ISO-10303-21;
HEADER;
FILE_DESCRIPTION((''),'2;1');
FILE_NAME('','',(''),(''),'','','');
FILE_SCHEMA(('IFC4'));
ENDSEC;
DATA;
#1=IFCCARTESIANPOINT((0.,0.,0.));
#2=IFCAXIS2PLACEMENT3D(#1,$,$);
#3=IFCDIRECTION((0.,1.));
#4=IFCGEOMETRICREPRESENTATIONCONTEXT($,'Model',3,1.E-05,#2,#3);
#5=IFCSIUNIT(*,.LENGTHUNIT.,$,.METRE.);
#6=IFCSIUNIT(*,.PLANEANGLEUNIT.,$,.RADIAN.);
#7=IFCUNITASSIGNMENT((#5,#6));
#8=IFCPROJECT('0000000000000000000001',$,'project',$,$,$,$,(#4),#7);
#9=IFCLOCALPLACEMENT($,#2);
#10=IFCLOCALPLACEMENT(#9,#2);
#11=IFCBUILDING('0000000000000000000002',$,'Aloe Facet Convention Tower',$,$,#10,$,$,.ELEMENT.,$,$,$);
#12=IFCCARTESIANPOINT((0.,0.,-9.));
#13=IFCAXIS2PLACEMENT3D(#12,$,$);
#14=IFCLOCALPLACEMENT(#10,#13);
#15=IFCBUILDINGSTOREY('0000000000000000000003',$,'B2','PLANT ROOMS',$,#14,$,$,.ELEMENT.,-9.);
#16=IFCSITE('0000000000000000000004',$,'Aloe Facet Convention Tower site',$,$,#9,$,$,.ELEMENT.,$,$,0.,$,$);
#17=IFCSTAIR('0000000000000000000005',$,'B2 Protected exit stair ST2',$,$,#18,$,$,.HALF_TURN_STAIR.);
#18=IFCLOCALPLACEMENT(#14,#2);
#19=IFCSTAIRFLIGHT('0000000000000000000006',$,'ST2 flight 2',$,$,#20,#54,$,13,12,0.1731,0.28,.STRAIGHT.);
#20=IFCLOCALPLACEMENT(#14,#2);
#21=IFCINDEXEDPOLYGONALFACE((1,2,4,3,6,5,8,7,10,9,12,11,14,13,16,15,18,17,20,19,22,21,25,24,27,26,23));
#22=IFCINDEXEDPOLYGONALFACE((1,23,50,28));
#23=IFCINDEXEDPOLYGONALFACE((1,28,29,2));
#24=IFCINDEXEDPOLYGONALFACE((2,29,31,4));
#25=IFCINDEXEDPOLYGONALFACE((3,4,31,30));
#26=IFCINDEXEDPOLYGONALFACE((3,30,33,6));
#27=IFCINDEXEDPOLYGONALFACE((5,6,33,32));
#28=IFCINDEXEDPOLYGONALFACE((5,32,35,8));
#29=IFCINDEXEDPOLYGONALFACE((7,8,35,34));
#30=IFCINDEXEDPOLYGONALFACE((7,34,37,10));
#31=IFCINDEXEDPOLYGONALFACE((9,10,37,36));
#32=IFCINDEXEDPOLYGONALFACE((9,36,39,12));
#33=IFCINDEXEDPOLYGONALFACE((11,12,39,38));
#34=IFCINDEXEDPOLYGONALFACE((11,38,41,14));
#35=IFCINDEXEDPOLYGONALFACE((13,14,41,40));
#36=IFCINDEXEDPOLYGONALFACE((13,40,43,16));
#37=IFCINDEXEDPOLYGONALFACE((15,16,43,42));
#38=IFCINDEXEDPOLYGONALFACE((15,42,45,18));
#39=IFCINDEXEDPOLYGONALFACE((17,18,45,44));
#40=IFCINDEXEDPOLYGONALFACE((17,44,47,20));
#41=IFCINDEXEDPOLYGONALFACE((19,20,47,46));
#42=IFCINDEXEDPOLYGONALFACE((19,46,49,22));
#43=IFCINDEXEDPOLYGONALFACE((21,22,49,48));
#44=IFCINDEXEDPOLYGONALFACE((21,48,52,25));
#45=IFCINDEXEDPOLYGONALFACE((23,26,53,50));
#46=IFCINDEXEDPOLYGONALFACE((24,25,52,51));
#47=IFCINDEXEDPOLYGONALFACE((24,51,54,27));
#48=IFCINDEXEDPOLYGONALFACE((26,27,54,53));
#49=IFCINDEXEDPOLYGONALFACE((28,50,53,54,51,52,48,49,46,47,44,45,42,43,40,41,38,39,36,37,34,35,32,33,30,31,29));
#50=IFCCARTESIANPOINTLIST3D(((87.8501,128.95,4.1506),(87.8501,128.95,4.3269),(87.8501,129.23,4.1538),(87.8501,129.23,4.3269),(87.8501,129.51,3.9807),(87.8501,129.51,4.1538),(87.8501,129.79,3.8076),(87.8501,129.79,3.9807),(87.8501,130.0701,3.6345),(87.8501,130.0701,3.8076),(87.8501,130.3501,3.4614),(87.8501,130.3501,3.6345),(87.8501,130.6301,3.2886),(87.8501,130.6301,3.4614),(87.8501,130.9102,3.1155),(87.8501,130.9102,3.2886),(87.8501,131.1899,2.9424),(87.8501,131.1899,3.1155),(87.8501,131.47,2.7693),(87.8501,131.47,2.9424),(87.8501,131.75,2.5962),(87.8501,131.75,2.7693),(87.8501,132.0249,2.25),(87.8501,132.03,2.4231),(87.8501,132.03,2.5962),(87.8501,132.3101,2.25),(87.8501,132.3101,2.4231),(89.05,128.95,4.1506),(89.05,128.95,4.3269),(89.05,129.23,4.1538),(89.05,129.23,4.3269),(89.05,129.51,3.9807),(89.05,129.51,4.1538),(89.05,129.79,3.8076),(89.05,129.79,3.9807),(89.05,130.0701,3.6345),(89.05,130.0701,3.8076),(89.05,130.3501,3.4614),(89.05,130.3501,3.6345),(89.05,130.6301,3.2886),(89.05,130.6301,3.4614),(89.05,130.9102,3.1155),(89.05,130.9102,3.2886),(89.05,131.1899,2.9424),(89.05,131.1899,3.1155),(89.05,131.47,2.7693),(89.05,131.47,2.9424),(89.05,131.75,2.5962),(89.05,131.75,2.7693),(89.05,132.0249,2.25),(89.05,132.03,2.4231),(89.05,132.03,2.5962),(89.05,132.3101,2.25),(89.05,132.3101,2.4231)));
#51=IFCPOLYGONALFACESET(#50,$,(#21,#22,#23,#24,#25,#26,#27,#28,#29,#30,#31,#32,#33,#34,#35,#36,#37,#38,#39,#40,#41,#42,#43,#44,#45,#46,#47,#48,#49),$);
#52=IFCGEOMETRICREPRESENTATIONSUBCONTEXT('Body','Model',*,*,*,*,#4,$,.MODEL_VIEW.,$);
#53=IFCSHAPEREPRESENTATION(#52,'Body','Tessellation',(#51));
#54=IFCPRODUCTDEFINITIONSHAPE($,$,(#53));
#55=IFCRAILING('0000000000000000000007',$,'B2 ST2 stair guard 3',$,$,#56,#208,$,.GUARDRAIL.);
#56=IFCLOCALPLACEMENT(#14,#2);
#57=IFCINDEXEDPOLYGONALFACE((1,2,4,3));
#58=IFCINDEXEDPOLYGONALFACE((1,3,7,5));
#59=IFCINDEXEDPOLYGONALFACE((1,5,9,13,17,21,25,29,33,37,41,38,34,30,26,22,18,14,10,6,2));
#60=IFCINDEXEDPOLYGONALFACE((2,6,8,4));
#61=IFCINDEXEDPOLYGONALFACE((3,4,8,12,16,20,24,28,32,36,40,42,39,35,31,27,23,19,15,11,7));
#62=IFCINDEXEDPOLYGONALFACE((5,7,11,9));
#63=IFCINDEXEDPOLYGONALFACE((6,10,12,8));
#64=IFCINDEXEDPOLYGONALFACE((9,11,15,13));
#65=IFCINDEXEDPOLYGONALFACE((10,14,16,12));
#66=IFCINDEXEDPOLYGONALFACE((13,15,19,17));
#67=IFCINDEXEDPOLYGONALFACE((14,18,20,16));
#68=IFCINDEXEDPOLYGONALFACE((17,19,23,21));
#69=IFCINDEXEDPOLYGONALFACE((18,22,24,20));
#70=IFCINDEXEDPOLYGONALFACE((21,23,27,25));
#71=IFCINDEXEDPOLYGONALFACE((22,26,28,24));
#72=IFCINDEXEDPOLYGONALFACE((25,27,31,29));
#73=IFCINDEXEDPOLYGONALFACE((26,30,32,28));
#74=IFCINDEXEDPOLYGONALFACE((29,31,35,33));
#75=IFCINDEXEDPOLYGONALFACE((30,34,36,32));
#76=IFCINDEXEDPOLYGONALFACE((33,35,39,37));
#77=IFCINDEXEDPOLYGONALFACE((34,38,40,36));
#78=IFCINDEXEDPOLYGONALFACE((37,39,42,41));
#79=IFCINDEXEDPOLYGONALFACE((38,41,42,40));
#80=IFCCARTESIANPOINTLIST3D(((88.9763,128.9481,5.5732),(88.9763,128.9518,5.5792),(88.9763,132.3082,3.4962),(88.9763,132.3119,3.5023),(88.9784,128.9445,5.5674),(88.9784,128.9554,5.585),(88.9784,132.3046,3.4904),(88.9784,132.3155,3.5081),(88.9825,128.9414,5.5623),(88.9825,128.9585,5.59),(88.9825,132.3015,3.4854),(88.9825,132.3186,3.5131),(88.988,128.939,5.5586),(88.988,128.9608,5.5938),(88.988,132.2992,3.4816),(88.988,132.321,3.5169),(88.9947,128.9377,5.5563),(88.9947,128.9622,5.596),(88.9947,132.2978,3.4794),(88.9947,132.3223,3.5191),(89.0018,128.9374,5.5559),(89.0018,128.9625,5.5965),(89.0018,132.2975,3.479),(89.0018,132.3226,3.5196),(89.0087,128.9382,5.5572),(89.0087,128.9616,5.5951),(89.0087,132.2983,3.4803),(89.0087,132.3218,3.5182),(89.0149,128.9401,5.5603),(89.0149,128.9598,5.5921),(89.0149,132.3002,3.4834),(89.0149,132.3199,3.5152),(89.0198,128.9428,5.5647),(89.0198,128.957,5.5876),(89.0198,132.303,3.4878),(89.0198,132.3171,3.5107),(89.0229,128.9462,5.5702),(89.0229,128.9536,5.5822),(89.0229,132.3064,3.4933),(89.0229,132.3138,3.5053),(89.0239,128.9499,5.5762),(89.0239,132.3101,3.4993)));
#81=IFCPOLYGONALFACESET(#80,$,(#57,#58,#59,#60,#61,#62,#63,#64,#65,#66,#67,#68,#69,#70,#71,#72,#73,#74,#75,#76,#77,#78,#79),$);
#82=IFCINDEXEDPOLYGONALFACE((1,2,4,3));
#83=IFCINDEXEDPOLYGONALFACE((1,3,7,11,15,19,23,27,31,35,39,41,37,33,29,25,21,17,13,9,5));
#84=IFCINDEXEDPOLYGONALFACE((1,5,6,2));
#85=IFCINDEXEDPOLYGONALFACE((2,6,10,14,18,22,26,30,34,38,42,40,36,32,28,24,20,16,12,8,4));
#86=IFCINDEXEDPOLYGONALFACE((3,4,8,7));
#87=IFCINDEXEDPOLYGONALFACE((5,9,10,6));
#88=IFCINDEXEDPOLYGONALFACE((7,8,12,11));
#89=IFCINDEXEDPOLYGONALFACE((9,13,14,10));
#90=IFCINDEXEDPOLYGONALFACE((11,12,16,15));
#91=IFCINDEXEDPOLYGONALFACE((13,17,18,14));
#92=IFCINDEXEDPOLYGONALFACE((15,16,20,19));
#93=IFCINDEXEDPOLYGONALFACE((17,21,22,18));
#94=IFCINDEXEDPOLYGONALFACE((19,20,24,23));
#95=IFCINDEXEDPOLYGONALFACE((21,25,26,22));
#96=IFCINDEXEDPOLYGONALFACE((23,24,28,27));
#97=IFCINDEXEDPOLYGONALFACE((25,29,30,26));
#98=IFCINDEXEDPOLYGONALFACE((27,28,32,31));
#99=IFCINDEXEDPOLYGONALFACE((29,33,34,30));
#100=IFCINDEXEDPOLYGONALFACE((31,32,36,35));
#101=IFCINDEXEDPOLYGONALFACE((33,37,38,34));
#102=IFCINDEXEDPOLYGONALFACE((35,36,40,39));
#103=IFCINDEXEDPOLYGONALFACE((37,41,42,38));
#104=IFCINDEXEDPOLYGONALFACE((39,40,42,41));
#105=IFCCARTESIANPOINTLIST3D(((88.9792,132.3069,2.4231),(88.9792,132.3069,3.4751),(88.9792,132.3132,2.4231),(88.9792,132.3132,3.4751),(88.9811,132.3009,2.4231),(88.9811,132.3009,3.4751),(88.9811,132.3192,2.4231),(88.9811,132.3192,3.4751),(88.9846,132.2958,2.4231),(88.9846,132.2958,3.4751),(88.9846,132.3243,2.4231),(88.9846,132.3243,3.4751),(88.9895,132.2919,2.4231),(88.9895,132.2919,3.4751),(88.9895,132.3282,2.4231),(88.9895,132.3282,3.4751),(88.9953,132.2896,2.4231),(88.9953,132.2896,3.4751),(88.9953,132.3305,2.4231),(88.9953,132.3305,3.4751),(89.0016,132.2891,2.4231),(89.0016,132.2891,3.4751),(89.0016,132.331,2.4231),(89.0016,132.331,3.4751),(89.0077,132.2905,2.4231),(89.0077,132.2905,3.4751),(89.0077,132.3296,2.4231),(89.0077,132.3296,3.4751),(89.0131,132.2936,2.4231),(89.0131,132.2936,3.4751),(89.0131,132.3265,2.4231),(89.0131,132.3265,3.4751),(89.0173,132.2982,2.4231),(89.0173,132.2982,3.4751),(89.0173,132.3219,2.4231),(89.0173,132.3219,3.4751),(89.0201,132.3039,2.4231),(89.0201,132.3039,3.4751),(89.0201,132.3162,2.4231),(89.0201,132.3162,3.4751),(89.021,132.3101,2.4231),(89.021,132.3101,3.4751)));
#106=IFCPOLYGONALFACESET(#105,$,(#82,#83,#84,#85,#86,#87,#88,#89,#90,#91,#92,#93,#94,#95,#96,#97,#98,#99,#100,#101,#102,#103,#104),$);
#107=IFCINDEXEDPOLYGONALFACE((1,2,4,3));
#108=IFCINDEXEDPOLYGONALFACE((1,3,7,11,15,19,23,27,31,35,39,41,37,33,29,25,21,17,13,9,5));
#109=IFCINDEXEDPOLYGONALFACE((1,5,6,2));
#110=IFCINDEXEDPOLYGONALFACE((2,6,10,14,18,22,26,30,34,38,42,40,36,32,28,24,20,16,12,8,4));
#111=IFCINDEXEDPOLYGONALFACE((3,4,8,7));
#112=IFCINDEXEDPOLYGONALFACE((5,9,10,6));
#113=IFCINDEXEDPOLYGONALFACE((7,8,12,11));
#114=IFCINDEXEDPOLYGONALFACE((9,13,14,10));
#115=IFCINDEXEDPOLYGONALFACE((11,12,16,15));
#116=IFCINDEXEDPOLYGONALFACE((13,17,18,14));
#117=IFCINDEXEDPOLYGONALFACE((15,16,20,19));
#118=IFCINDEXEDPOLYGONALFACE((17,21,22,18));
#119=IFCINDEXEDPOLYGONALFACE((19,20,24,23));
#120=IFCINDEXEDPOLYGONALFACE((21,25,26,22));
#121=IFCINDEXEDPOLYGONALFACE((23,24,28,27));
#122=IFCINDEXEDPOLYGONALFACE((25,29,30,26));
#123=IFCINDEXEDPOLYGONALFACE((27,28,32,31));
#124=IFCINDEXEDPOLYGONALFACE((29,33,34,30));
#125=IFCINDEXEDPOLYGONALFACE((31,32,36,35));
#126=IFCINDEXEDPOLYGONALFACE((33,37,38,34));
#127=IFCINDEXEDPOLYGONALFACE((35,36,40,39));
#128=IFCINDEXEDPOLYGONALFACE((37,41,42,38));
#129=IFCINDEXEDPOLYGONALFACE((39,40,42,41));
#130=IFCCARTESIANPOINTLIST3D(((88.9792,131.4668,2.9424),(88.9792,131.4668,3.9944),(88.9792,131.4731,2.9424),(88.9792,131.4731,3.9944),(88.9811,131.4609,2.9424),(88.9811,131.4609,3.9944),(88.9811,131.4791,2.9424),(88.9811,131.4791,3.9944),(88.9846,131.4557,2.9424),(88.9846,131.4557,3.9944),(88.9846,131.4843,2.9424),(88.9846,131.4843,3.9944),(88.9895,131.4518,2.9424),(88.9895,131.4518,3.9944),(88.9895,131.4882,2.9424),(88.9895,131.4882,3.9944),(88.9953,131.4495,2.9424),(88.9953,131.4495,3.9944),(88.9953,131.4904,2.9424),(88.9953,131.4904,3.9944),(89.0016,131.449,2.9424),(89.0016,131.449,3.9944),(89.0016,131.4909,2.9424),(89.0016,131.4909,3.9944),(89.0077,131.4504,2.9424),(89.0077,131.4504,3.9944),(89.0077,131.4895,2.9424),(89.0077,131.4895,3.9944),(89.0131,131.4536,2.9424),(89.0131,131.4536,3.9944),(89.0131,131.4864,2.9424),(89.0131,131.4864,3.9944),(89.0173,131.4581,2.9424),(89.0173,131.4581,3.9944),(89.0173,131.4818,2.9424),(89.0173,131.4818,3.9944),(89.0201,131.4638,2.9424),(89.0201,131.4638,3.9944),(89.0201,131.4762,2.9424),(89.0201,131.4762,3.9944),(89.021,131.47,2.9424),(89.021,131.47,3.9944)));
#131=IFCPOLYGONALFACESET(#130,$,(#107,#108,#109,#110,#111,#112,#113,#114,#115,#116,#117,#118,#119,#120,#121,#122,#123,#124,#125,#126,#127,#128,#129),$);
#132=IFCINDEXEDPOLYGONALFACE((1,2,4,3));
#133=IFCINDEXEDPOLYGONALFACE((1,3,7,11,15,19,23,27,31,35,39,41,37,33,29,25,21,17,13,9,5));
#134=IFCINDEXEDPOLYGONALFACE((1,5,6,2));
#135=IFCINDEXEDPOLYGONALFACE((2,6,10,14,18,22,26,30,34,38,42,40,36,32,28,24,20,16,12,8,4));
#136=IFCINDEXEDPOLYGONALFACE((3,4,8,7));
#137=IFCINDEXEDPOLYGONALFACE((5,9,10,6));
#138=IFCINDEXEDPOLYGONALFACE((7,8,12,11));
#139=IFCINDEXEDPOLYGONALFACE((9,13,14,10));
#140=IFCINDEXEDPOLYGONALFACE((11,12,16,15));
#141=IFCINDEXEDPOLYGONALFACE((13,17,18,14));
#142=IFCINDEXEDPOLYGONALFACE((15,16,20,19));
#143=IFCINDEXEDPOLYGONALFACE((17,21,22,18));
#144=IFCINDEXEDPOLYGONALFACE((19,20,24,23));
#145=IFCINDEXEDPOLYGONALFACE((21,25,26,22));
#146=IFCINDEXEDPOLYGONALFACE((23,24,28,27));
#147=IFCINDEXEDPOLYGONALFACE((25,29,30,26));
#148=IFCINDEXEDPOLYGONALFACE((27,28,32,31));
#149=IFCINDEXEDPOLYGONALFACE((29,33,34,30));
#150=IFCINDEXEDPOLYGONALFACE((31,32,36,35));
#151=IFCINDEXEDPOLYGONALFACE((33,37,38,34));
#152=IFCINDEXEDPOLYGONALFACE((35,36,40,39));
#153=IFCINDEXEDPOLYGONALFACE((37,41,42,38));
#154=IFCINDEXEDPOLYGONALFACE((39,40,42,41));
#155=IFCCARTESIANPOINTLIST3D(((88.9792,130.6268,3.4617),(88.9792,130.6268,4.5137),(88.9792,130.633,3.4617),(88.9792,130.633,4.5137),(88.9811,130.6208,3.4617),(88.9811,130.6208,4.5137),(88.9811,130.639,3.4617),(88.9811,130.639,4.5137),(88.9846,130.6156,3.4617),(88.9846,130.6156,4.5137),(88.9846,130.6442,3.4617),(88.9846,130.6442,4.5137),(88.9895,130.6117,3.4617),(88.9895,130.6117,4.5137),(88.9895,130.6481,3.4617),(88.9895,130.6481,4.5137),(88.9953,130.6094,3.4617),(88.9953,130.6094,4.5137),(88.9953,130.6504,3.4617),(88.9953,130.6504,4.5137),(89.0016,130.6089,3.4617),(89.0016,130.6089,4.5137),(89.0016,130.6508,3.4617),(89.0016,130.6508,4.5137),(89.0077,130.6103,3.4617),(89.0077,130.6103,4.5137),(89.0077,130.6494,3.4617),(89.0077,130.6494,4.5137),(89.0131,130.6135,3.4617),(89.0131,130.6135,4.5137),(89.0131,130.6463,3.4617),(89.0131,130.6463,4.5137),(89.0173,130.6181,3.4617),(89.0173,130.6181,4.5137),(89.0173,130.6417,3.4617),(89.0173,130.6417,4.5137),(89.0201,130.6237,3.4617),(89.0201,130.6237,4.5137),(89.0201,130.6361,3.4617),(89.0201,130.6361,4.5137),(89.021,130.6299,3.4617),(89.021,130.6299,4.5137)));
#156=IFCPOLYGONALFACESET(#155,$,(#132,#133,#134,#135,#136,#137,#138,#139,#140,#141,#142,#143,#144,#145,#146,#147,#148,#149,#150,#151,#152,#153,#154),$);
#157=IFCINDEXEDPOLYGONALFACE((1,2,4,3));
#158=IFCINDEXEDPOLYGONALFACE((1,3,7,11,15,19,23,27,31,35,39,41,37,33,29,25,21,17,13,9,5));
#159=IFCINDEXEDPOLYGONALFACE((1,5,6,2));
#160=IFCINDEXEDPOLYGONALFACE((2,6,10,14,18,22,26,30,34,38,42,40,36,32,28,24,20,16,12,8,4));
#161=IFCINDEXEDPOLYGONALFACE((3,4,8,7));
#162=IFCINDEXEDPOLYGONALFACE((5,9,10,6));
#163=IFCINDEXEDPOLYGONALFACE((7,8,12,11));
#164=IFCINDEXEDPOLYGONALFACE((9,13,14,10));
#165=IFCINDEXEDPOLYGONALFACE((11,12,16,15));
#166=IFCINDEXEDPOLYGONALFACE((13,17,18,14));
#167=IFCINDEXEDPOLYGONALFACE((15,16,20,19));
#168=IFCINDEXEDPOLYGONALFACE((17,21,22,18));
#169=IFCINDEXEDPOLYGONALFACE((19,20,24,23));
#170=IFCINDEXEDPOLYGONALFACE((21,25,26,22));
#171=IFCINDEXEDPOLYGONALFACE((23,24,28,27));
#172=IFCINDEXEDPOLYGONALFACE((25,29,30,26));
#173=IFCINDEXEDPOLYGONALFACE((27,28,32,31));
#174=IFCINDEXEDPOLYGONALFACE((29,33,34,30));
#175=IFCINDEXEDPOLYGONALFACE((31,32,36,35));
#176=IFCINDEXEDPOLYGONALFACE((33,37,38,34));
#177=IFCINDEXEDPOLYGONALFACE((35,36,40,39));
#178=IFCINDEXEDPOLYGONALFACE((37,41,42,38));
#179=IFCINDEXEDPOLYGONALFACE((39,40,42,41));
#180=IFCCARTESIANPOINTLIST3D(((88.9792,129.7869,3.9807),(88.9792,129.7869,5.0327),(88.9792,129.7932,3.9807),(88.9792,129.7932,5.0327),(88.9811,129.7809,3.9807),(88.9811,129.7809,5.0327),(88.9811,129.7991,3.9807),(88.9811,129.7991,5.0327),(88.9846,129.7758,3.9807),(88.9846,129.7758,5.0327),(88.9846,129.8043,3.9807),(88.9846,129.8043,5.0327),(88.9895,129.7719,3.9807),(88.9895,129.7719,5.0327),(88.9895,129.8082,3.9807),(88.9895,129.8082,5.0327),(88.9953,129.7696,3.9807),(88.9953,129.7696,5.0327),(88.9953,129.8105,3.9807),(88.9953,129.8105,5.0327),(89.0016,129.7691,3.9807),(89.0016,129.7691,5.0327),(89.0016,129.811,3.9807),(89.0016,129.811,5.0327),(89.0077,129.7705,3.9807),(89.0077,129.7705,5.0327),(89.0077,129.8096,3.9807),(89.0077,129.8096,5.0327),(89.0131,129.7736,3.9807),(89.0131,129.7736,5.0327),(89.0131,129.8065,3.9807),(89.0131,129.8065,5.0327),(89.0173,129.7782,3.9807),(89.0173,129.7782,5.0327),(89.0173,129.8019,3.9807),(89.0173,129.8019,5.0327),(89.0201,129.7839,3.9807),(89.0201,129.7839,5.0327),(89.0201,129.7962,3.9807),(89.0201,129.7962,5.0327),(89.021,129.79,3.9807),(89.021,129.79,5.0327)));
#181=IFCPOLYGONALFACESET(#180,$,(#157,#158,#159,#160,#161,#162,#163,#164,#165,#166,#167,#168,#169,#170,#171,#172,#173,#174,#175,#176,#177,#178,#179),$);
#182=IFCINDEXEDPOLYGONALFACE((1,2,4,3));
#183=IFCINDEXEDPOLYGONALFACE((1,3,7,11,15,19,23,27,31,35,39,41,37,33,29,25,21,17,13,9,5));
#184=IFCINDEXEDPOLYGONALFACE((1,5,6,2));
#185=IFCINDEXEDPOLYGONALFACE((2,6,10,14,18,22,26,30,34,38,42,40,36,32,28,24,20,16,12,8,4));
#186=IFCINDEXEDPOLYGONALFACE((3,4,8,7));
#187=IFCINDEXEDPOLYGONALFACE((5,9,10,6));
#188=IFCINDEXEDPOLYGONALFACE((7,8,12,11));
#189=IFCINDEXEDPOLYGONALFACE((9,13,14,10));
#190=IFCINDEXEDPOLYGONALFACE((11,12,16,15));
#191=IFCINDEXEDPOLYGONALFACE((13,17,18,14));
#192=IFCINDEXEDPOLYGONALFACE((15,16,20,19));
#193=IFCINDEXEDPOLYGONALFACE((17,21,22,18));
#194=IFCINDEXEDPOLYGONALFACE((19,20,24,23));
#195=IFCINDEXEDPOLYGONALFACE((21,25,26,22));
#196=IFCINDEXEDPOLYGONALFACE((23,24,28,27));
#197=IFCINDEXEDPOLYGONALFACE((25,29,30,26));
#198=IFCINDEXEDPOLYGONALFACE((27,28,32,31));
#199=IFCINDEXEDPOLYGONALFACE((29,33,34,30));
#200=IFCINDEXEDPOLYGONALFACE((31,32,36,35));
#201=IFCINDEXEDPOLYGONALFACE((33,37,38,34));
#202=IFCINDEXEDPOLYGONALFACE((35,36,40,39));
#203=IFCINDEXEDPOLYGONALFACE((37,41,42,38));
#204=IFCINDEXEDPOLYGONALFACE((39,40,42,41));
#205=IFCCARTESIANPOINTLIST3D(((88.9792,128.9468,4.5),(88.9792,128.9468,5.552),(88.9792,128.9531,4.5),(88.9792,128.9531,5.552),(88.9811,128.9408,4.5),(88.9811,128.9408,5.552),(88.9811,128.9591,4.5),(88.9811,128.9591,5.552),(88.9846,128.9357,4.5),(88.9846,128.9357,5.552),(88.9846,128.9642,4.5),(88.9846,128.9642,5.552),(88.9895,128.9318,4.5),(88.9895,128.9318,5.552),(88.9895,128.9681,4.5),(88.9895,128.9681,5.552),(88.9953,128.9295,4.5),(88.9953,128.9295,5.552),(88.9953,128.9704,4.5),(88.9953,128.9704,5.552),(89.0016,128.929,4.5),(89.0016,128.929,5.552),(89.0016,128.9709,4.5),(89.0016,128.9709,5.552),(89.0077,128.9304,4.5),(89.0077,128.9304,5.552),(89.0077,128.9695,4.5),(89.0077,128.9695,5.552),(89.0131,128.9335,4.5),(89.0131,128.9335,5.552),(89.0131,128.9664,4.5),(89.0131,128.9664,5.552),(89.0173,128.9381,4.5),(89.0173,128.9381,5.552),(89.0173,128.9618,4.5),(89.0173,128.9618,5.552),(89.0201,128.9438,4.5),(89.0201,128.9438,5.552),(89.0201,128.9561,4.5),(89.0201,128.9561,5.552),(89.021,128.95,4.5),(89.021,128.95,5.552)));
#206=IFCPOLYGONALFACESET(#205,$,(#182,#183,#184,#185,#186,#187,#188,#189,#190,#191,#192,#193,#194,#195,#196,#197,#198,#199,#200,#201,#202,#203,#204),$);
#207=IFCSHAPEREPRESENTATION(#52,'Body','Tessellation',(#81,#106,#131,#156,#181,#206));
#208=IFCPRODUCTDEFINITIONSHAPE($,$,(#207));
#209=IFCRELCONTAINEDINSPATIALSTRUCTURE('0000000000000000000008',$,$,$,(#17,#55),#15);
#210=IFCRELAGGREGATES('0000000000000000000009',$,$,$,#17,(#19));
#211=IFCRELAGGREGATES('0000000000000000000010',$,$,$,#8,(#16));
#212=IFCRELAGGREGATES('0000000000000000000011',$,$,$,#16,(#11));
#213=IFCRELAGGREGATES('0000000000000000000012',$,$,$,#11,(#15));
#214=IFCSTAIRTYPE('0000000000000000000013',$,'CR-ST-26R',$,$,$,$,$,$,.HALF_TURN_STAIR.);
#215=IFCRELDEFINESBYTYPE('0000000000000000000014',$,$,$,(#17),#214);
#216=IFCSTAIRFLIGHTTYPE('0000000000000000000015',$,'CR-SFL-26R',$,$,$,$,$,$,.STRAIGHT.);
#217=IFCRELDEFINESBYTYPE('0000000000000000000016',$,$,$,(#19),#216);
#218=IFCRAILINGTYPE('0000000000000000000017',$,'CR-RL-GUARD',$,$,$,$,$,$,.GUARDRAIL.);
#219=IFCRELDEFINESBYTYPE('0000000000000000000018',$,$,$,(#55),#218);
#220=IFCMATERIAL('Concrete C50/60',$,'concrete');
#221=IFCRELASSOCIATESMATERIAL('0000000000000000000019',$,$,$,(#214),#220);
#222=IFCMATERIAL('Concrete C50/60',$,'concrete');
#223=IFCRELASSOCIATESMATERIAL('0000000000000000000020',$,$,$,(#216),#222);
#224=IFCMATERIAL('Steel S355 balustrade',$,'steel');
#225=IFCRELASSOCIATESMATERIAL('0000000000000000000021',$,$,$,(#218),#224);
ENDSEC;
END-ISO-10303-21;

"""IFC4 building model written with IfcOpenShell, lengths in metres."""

from ifc_helpers import new_model, si_unit, direction, frame, origin, origin_2d, place, context, subcontext, project, spatial, polyline, circle, outline, extrude, material, type_object, element, aggregate, save


model = new_model("IFC4")

# Units and contexts
model_context = context("Model", 3, precision=1e-05, world=origin(), true_north=direction((0.0, 1.0)))
body_context = subcontext(model_context, "Body", "Model", "MODEL_VIEW")
ifc_project = project(units=[si_unit("LENGTHUNIT", "METRE"), si_unit("PLANEANGLEUNIT", "RADIAN")], contexts=[model_context])

# Site, building, storey
site_placement = place(None, origin())
site = spatial("IfcSite", under=ifc_project, at=site_placement, Name="Aloe Facet Convention Tower site", CompositionType="ELEMENT", RefElevation=0.0)
building_placement = place(site_placement, origin())
building = spatial("IfcBuilding", under=site, at=building_placement, Name="Aloe Facet Convention Tower", CompositionType="ELEMENT")
storey_placement = place(building_placement, frame((0.0, 0.0, -9.0)))
storey = spatial("IfcBuildingStorey", under=building, at=storey_placement, Name="B2", Description="PLANT ROOMS", CompositionType="ELEMENT", Elevation=-9.0)

# Stair, stair flight
ifc_material_1 = material(Name="Concrete C50/60", Category="concrete")
stair_type = type_object("IfcStairType", Name="CR-ST-26R", PredefinedType="HALF_TURN_STAIR", material=ifc_material_1)
stair_placement = place(storey_placement, origin())
stair = element("IfcStair", 1, at=stair_placement, inside=storey, type_object=stair_type, Name="B2 Protected exit stair ST2", PredefinedType="HALF_TURN_STAIR")
ifc_material_2 = material(Name="Concrete C50/60", Category="concrete")
stair_flight_type = type_object("IfcStairFlightType", Name="CR-SFL-26R", PredefinedType="STRAIGHT", material=ifc_material_2)
stair_flight_placement = place(storey_placement, frame((88.45, 132.3101, 2.25), z_axis=(0.0, 0.0, 1.0), x_axis=(0.0, -1.0, 0.0)))
stair_flight = element("IfcStairFlight", 2, at=stair_flight_placement, type_object=stair_flight_type, Name="ST2 flight 2", NumberOfRisers=13, NumberOfTreads=12, PredefinedType="STRAIGHT", RiserHeight=0.1731, TreadLength=0.28, context=body_context, shape_type="SweptSolid", body=[
    extrude(outline(polyline([(0.0, 0.0), (0.0, 0.1731), (0.28, 0.1731), (0.28, 0.3462), (0.5601, 0.3462), (0.5601, 0.5193), (0.8401, 0.5193), (0.8401, 0.6924), (1.1201, 0.6924), (1.1201, 0.8655), (1.3999, 0.8655), (1.3999, 1.0386), (1.6799, 1.0386), (1.6799, 1.2114), (1.96, 1.2114), (1.96, 1.3845), (2.24, 1.3845), (2.24, 1.5576), (2.52, 1.5576), (2.52, 1.7307), (2.8, 1.7307), (2.8, 1.9038), (3.0801, 1.9038), (3.0801, 2.0769), (3.3601, 2.0769), (3.3601, 2.25), (3.3601, 1.9006), (0.2852, 0.0), (0.0, 0.0)])), frame((0.0, 0.6001, 0.0), z_axis=(0.0, -1.0, 0.0), x_axis=(1.0, 0.0, 0.0)), (0.0, 0.0, 1.0), 1.2),
])
aggregate(stair, [stair_flight])

# Railing
ifc_material_3 = material(Name="Steel S355 balustrade", Category="steel")
railing_type_1 = type_object("IfcRailingType", Name="CR-RL-GUARD", PredefinedType="GUARDRAIL", material=ifc_material_3)
railing_1_placement = place(storey_placement, frame((89.0, 132.3101, 2.4231)))
element("IfcRailing", 3, at=railing_1_placement, inside=storey, type_object=railing_type_1, Name="B2 ST2 stair guard 3", PredefinedType="GUARDRAIL", context=body_context, shape_type="SweptSolid", body=[
    extrude(circle(Radius=0.0239, at=origin_2d()), frame((0.0, 0.0, 1.0762), z_axis=(0.0, -0.850623, 0.525776), x_axis=(1.0, 0.0, 0.0)), (0.0, 0.0, 1.0), 3.9502),
    extrude(circle(Radius=0.021, at=origin_2d()), origin(), (0.0, 0.0, 1.0), 1.052),
    extrude(circle(Radius=0.021, at=origin_2d()), frame((0.0, -0.8401, 0.5193)), (0.0, 0.0, 1.0), 1.052),
    extrude(circle(Radius=0.021, at=origin_2d()), frame((0.0, -1.6802, 1.0386)), (0.0, 0.0, 1.0), 1.052),
    extrude(circle(Radius=0.021, at=origin_2d()), frame((0.0, -2.52, 1.5576)), (0.0, 0.0, 1.0), 1.052),
    extrude(circle(Radius=0.021, at=origin_2d()), frame((0.0, -3.3601, 2.0769)), (0.0, 0.0, 1.0), 1.052),
])

save(model, "model.ifc")
